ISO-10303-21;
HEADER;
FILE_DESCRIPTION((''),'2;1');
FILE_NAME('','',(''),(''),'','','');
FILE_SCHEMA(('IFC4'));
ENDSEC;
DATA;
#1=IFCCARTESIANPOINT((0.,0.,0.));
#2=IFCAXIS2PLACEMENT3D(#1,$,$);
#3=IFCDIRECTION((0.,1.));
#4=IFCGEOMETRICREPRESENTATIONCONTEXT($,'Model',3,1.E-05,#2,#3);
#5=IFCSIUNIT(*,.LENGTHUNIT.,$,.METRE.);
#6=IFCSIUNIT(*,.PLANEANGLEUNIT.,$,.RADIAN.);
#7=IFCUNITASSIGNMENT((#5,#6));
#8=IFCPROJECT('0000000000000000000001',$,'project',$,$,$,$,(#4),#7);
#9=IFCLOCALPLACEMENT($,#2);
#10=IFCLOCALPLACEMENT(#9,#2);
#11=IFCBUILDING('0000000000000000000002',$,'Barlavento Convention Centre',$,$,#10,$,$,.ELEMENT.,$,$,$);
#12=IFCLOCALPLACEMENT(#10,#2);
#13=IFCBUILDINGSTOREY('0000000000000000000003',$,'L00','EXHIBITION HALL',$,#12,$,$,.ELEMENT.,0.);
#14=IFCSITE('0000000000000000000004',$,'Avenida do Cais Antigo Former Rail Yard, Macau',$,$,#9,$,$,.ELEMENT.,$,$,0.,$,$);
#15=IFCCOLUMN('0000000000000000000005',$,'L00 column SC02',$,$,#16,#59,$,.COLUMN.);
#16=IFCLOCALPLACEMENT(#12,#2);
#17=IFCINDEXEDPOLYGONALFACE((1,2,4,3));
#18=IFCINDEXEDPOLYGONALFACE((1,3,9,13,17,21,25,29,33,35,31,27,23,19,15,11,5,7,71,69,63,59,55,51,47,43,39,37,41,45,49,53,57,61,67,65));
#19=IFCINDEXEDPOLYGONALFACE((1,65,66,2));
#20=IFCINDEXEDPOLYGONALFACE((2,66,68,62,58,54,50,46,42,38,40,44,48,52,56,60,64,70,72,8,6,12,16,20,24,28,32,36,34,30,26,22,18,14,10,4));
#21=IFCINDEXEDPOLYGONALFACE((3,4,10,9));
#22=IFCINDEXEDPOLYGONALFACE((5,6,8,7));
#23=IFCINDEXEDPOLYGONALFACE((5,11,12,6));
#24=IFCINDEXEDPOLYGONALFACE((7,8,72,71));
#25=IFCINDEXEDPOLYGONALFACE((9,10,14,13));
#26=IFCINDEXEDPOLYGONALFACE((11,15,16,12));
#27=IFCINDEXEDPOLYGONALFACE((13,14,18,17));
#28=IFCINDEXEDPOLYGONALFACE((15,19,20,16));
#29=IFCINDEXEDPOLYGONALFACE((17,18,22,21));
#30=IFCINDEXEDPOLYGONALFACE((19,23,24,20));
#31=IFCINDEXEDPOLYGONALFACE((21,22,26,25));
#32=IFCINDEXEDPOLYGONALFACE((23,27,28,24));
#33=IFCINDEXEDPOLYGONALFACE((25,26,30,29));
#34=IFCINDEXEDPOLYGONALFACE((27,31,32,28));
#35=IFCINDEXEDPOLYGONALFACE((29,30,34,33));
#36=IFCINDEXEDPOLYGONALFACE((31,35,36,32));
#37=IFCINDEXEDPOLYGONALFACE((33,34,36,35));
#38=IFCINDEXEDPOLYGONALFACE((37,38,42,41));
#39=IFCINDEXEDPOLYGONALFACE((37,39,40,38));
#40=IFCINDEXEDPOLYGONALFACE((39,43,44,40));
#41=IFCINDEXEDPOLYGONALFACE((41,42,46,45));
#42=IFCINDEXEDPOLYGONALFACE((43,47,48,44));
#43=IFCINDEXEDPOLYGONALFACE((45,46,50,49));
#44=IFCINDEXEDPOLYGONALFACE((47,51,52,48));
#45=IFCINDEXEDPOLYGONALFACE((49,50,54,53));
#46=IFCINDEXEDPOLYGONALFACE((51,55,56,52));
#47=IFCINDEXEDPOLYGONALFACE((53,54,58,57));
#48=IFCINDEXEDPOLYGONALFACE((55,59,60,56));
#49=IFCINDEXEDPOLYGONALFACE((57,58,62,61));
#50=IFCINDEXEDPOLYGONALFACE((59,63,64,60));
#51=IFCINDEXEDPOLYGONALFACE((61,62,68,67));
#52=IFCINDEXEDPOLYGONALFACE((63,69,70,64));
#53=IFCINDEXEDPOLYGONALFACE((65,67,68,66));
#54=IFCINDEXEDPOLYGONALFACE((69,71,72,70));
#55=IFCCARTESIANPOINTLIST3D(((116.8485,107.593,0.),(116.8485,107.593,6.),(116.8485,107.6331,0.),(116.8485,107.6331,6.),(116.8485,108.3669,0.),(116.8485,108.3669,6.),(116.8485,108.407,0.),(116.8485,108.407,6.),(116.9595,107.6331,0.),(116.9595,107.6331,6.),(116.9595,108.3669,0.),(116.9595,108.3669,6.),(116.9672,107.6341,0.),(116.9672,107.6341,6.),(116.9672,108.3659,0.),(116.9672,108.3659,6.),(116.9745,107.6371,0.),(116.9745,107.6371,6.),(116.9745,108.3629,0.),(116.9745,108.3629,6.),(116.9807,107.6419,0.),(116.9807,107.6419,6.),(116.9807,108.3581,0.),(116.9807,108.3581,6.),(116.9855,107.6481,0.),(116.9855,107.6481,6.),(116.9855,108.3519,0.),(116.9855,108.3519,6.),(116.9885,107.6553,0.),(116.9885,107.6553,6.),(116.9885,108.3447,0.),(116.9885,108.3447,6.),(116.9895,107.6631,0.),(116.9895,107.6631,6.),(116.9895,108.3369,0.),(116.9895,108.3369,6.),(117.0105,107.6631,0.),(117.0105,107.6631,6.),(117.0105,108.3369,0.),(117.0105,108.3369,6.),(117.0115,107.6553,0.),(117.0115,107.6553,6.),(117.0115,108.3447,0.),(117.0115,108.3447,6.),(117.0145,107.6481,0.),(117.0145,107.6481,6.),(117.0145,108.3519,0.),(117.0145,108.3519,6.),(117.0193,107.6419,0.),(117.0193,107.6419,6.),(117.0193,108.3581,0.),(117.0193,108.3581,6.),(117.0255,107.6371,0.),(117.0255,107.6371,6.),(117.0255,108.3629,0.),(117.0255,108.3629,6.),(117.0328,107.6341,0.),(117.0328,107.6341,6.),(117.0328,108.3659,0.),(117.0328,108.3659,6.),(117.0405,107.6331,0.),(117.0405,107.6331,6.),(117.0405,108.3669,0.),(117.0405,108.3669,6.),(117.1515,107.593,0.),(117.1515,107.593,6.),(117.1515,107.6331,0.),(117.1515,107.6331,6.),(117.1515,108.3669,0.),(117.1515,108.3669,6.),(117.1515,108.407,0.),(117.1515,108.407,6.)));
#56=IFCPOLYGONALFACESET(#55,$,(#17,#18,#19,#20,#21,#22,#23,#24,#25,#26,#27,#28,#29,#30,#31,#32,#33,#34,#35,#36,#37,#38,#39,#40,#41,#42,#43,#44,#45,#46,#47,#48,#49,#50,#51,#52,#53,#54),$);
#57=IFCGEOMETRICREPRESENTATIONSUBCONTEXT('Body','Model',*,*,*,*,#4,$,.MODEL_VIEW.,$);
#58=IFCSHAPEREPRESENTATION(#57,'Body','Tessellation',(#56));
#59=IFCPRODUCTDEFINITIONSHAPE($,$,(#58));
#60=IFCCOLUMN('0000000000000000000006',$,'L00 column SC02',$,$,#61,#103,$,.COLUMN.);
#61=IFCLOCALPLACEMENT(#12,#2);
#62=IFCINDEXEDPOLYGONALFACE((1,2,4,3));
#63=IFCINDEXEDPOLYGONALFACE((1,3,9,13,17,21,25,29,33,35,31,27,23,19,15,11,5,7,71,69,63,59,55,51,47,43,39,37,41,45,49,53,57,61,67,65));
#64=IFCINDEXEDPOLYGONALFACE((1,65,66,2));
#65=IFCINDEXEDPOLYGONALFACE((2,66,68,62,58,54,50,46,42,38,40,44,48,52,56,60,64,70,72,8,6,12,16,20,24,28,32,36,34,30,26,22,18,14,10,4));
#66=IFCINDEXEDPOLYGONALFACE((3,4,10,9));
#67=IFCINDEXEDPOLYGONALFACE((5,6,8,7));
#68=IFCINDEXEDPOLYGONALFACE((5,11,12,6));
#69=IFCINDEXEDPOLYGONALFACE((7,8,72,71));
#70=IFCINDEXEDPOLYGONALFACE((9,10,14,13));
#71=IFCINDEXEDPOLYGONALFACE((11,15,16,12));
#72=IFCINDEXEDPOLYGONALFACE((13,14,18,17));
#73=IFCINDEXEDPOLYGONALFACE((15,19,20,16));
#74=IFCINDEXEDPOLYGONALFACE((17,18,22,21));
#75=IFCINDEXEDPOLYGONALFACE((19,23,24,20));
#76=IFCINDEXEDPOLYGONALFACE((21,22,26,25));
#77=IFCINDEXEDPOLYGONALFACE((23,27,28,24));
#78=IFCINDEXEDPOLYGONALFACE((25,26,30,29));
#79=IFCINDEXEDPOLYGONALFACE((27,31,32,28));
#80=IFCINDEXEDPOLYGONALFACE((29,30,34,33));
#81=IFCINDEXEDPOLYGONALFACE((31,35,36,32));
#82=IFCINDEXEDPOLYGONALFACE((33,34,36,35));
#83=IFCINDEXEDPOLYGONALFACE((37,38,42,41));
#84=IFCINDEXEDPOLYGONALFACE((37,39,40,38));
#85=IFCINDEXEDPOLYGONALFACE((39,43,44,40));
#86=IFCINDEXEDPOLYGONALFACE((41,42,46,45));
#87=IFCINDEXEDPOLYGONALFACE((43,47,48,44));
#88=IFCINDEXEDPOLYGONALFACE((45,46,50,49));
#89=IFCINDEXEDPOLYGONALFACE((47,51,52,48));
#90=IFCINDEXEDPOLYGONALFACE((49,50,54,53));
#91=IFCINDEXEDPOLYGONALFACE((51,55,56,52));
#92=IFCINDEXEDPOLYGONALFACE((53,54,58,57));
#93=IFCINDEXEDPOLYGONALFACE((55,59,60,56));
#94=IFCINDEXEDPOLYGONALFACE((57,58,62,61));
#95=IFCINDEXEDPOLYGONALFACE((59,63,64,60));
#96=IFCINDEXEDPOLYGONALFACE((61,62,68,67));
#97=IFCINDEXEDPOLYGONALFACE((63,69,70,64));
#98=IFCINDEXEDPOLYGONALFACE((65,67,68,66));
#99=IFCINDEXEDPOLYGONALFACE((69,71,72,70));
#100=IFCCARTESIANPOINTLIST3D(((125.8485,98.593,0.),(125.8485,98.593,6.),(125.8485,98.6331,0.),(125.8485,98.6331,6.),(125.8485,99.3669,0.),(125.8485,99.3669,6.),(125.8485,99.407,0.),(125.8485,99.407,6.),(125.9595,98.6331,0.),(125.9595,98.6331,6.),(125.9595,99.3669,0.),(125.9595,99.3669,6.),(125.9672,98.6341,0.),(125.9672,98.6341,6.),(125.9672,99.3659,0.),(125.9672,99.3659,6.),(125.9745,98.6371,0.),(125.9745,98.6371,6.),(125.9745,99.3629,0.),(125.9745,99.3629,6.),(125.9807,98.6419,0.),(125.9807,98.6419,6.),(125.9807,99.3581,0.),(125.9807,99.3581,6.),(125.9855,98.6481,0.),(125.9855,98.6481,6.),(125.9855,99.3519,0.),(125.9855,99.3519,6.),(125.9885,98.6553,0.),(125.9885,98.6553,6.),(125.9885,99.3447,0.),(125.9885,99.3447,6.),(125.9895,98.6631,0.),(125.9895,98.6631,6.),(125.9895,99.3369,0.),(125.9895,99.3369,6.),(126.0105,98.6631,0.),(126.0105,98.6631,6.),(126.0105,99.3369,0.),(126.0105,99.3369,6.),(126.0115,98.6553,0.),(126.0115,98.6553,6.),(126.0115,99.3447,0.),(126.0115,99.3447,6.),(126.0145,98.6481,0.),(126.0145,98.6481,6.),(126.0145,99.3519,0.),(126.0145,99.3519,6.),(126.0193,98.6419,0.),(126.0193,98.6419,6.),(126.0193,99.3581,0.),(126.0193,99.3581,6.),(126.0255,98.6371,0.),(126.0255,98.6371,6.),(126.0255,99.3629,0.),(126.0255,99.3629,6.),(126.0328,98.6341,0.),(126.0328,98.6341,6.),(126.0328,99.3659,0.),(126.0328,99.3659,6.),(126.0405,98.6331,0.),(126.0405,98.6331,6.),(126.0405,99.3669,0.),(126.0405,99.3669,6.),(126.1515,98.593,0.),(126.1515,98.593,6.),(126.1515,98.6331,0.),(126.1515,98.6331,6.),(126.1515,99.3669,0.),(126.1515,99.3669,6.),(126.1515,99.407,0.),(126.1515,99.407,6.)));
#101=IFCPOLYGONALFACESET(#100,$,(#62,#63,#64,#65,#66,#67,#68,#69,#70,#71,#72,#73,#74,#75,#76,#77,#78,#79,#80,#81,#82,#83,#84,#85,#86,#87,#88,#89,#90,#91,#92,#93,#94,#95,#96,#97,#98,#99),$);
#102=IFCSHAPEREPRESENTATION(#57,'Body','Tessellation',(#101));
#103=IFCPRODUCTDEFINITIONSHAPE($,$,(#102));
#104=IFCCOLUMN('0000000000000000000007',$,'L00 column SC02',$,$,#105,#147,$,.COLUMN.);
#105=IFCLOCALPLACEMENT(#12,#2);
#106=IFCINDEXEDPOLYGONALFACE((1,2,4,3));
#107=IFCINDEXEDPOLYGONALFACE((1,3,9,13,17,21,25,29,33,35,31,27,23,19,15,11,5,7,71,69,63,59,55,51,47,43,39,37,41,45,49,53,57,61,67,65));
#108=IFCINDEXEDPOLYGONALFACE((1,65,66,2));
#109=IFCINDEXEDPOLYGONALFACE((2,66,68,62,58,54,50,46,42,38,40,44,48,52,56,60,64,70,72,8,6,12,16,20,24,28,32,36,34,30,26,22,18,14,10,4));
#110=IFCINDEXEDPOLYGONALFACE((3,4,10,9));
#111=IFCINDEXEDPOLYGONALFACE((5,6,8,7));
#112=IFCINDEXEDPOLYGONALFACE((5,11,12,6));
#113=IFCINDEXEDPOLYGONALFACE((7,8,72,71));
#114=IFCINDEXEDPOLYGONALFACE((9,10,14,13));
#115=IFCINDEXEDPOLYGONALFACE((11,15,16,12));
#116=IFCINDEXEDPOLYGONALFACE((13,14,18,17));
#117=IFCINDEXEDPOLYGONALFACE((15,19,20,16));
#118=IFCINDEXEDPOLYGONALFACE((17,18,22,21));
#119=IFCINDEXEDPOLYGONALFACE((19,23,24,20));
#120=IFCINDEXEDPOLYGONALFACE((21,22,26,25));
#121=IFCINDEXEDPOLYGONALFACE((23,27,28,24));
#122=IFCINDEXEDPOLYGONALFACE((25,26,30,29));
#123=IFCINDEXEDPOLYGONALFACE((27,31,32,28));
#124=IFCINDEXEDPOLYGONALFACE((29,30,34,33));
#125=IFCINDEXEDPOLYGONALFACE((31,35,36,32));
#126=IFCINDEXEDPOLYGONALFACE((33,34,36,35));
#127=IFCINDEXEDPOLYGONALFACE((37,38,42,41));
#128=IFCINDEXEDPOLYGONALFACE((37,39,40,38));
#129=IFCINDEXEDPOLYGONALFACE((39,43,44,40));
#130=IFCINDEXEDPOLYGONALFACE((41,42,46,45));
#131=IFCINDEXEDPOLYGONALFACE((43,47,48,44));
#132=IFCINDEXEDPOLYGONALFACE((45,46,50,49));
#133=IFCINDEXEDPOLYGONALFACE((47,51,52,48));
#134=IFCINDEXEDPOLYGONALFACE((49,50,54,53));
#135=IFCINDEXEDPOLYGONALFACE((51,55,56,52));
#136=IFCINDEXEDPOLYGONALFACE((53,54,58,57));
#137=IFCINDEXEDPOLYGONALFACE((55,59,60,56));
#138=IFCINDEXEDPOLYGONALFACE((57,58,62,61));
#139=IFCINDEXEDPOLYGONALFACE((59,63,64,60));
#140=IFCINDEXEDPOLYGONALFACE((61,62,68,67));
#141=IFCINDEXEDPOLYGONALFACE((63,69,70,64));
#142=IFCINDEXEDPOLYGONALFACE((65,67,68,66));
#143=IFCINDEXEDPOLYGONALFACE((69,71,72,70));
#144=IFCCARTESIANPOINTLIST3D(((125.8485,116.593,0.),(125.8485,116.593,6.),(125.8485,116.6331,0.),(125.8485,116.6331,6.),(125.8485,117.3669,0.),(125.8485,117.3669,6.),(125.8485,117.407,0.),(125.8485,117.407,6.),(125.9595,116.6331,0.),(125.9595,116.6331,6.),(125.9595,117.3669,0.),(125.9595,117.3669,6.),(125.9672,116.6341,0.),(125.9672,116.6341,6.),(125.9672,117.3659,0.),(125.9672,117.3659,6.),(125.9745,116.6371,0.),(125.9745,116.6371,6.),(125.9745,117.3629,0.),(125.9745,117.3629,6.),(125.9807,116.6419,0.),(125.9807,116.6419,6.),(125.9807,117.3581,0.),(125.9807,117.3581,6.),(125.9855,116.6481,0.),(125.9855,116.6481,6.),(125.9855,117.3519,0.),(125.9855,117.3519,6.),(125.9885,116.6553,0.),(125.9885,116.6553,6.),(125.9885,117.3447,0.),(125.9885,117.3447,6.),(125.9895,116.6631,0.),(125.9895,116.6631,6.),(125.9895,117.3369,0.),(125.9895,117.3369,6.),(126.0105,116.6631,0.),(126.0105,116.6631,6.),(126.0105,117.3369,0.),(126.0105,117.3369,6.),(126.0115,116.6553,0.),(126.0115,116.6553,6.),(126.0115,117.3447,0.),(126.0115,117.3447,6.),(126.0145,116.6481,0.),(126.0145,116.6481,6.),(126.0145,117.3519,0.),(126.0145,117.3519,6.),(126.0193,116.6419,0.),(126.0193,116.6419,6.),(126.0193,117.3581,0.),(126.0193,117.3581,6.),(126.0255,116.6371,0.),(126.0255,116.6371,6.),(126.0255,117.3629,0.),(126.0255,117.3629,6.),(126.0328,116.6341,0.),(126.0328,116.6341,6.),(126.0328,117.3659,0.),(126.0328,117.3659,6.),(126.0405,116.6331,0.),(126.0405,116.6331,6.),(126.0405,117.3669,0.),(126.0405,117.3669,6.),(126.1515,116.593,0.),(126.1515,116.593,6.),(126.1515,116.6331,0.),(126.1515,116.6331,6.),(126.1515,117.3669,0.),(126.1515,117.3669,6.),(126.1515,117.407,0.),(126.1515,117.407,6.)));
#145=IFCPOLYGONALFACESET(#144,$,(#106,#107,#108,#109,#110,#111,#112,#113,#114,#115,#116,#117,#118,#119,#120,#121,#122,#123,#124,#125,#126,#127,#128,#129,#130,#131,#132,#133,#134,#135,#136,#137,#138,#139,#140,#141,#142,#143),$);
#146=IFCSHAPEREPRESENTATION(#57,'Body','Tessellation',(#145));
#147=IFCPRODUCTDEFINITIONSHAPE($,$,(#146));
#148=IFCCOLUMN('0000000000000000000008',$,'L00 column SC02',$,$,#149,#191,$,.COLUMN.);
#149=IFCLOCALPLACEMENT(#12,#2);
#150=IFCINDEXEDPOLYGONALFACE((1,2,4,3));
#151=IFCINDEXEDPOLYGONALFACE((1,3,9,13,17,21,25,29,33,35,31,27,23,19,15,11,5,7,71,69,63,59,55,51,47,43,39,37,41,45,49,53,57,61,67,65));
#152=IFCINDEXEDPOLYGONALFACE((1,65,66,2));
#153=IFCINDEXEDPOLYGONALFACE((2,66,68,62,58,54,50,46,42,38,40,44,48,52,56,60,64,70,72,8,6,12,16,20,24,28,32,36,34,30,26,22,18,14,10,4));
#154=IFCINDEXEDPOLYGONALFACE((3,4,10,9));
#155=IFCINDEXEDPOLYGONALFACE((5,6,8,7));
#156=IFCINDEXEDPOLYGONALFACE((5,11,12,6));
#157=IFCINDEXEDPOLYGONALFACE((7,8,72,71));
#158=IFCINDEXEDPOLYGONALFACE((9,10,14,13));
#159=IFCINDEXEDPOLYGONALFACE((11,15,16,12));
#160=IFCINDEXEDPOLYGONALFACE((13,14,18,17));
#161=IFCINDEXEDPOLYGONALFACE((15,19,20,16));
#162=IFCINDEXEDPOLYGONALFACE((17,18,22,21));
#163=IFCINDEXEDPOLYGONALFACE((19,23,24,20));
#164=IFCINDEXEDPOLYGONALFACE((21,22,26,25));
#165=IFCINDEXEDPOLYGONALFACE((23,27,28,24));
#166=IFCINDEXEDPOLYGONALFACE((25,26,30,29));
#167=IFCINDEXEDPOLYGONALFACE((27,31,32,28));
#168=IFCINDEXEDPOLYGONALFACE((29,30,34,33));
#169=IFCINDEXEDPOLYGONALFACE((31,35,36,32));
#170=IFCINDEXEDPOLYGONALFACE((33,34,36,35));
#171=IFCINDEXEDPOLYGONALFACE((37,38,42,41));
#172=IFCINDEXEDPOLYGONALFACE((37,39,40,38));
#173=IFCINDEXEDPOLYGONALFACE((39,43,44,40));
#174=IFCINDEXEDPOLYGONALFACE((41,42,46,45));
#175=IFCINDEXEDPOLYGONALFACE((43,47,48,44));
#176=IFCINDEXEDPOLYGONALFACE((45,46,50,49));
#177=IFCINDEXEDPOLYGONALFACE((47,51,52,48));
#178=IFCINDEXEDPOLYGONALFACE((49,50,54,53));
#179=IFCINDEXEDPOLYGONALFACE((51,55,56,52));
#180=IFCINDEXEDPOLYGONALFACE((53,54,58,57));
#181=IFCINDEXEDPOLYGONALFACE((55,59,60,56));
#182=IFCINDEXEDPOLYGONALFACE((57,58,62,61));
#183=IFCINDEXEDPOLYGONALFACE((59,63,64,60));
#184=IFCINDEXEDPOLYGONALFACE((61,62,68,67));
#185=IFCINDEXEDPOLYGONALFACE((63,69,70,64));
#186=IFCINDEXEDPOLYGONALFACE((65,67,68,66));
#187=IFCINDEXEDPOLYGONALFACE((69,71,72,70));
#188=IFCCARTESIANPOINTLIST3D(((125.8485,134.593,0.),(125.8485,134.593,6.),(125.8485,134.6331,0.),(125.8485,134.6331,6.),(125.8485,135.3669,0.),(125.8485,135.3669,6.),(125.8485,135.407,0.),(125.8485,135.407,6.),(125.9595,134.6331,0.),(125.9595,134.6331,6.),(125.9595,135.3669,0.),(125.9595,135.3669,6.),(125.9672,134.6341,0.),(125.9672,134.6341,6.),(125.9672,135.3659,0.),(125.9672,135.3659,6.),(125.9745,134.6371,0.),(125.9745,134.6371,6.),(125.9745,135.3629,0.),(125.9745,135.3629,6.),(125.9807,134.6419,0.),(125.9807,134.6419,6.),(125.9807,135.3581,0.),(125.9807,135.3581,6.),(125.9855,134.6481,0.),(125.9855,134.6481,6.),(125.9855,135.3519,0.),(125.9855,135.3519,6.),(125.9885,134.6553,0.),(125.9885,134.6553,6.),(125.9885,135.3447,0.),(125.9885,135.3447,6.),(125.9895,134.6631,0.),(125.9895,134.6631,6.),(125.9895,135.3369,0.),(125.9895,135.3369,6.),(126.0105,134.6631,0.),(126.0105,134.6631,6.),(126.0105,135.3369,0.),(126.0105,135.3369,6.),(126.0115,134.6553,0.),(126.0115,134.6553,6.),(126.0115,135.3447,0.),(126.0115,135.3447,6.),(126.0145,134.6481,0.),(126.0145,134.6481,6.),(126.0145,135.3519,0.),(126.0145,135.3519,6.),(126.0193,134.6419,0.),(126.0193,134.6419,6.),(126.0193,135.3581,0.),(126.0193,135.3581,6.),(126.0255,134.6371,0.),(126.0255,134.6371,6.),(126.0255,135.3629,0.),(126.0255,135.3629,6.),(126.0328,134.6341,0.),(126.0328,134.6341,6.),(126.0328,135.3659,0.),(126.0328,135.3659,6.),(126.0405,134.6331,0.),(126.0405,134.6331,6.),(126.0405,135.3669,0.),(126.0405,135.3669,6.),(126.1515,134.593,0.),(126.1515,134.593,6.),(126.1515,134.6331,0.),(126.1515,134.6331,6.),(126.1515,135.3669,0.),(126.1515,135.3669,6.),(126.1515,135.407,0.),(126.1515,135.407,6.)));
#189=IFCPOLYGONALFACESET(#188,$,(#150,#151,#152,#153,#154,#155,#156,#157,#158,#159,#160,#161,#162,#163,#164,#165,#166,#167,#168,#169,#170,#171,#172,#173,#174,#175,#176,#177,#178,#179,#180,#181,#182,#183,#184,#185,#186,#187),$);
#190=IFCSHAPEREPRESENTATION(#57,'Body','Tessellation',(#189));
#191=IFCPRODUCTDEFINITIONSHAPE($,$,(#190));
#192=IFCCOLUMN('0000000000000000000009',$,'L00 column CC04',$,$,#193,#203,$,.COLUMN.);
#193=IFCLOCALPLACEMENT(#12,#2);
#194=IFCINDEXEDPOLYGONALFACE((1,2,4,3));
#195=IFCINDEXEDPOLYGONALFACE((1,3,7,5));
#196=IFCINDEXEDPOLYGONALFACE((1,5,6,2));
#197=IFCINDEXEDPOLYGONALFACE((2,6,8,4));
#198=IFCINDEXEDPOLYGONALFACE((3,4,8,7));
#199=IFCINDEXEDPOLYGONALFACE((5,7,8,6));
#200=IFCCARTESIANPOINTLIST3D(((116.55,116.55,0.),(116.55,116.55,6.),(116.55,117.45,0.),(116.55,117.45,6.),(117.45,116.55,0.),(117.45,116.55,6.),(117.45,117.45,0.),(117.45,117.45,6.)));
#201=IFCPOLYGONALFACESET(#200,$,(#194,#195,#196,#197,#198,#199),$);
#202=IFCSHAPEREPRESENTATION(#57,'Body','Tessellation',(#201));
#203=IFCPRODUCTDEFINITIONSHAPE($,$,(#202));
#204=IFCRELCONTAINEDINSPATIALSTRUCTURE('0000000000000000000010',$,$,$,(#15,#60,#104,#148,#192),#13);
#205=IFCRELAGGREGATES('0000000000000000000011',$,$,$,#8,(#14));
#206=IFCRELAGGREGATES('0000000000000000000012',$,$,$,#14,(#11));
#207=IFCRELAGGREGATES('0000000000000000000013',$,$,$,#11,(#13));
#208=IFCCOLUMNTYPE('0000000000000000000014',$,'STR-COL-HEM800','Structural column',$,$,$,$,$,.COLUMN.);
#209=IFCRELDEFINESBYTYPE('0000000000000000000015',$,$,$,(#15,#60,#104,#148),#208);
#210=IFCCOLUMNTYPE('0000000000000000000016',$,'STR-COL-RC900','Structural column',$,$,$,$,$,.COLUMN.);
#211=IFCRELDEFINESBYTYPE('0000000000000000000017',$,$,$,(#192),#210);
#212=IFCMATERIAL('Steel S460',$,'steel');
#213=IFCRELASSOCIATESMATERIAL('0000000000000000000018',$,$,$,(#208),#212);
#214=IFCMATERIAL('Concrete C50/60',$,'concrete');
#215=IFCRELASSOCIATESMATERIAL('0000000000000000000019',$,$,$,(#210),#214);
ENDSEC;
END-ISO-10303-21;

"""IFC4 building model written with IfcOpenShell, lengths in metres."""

from ifc_helpers import new_model, si_unit, direction, frame, origin, origin_2d, place, context, subcontext, project, spatial, rectangle, i_section, extrude, material, material_profile, profile_set, type_object, element, save


model = new_model("IFC4")

# Units and contexts
model_context = context("Model", 3, precision=1e-05, world=origin(), true_north=direction((0.0, 1.0)))
body_context = subcontext(model_context, "Body", "Model", "MODEL_VIEW")
ifc_project = project(units=[si_unit("LENGTHUNIT", "METRE"), si_unit("PLANEANGLEUNIT", "RADIAN")], contexts=[model_context])

# Site, building, storey
site_placement = place(None, origin())
site = spatial("IfcSite", under=ifc_project, at=site_placement, Name="Avenida do Cais Antigo Former Rail Yard, Macau", CompositionType="ELEMENT", RefElevation=0.0)
building_placement = place(site_placement, origin())
building = spatial("IfcBuilding", under=site, at=building_placement, Name="Barlavento Convention Centre", CompositionType="ELEMENT")
storey_placement = place(building_placement, origin())
storey = spatial("IfcBuildingStorey", under=building, at=storey_placement, Name="L00", Description="EXHIBITION HALL", CompositionType="ELEMENT", Elevation=0.0)

# Columns
ifc_material_1 = material(Name="Steel S460", Category="steel")
ifc_material_profile_1 = material_profile(ifc_material_1, i_section(OverallWidth=0.303, OverallDepth=0.814, WebThickness=0.021, FlangeThickness=0.04, FilletRadius=0.03, at=origin_2d()), Name="HEM 800")
ifc_profile_set_1 = profile_set([ifc_material_profile_1], Name="Steel S460")
column_type_1 = type_object("IfcColumnType", Name="STR-COL-HEM800", Description="Structural column", PredefinedType="COLUMN", material=ifc_profile_set_1)
for number, where, z_axis, x_axis, name in (
    (1, (117.0, 108.0, 0.0), (0.0, 0.0, 1.0), (1.0, 0.0, 0.0), "L00 column SC02"),
    (2, (126.0, 99.0, 0.0), (0.0, 0.0, 1.0), (1.0, 0.0, 0.0), "L00 column SC02"),
    (3, (126.0, 117.0, 0.0), (0.0, 0.0, 1.0), (1.0, 0.0, 0.0), "L00 column SC02"),
    (4, (126.0, 135.0, 0.0), (0.0, 0.0, 1.0), (1.0, 0.0, 0.0), "L00 column SC02"),
):
    element("IfcColumn", number, at=place(storey_placement, frame(where, z_axis=z_axis, x_axis=x_axis)), inside=storey, type_object=column_type_1, Name=name, PredefinedType="COLUMN", context=body_context, shape_type="SweptSolid", body=[
        extrude(i_section(OverallWidth=0.303, OverallDepth=0.814, WebThickness=0.021, FlangeThickness=0.04, FilletRadius=0.03, at=origin_2d()), origin(), (0.0, 0.0, 1.0), 6.0),
    ])
ifc_material_2 = material(Name="Concrete C50/60", Category="concrete")
ifc_material_profile_2 = material_profile(ifc_material_2, rectangle(XDim=0.8999, YDim=0.8999, at=origin_2d()), Name="RC 900x900")
ifc_profile_set_2 = profile_set([ifc_material_profile_2], Name="Concrete C50/60")
column_type_2 = type_object("IfcColumnType", Name="STR-COL-RC900", Description="Structural column", PredefinedType="COLUMN", material=ifc_profile_set_2)
for number, where, z_axis, x_axis, name in (
    (5, (117.0, 117.0, 0.0), (0.0, 0.0, 1.0), (1.0, 0.0, 0.0), "L00 column CC04"),
):
    element("IfcColumn", number, at=place(storey_placement, frame(where, z_axis=z_axis, x_axis=x_axis)), inside=storey, type_object=column_type_2, Name=name, PredefinedType="COLUMN", context=body_context, shape_type="SweptSolid", body=[
        extrude(rectangle(XDim=0.8999, YDim=0.8999, at=origin_2d()), origin(), (0.0, 0.0, 1.0), 6.0),
    ])

save(model, "model.ifc")
